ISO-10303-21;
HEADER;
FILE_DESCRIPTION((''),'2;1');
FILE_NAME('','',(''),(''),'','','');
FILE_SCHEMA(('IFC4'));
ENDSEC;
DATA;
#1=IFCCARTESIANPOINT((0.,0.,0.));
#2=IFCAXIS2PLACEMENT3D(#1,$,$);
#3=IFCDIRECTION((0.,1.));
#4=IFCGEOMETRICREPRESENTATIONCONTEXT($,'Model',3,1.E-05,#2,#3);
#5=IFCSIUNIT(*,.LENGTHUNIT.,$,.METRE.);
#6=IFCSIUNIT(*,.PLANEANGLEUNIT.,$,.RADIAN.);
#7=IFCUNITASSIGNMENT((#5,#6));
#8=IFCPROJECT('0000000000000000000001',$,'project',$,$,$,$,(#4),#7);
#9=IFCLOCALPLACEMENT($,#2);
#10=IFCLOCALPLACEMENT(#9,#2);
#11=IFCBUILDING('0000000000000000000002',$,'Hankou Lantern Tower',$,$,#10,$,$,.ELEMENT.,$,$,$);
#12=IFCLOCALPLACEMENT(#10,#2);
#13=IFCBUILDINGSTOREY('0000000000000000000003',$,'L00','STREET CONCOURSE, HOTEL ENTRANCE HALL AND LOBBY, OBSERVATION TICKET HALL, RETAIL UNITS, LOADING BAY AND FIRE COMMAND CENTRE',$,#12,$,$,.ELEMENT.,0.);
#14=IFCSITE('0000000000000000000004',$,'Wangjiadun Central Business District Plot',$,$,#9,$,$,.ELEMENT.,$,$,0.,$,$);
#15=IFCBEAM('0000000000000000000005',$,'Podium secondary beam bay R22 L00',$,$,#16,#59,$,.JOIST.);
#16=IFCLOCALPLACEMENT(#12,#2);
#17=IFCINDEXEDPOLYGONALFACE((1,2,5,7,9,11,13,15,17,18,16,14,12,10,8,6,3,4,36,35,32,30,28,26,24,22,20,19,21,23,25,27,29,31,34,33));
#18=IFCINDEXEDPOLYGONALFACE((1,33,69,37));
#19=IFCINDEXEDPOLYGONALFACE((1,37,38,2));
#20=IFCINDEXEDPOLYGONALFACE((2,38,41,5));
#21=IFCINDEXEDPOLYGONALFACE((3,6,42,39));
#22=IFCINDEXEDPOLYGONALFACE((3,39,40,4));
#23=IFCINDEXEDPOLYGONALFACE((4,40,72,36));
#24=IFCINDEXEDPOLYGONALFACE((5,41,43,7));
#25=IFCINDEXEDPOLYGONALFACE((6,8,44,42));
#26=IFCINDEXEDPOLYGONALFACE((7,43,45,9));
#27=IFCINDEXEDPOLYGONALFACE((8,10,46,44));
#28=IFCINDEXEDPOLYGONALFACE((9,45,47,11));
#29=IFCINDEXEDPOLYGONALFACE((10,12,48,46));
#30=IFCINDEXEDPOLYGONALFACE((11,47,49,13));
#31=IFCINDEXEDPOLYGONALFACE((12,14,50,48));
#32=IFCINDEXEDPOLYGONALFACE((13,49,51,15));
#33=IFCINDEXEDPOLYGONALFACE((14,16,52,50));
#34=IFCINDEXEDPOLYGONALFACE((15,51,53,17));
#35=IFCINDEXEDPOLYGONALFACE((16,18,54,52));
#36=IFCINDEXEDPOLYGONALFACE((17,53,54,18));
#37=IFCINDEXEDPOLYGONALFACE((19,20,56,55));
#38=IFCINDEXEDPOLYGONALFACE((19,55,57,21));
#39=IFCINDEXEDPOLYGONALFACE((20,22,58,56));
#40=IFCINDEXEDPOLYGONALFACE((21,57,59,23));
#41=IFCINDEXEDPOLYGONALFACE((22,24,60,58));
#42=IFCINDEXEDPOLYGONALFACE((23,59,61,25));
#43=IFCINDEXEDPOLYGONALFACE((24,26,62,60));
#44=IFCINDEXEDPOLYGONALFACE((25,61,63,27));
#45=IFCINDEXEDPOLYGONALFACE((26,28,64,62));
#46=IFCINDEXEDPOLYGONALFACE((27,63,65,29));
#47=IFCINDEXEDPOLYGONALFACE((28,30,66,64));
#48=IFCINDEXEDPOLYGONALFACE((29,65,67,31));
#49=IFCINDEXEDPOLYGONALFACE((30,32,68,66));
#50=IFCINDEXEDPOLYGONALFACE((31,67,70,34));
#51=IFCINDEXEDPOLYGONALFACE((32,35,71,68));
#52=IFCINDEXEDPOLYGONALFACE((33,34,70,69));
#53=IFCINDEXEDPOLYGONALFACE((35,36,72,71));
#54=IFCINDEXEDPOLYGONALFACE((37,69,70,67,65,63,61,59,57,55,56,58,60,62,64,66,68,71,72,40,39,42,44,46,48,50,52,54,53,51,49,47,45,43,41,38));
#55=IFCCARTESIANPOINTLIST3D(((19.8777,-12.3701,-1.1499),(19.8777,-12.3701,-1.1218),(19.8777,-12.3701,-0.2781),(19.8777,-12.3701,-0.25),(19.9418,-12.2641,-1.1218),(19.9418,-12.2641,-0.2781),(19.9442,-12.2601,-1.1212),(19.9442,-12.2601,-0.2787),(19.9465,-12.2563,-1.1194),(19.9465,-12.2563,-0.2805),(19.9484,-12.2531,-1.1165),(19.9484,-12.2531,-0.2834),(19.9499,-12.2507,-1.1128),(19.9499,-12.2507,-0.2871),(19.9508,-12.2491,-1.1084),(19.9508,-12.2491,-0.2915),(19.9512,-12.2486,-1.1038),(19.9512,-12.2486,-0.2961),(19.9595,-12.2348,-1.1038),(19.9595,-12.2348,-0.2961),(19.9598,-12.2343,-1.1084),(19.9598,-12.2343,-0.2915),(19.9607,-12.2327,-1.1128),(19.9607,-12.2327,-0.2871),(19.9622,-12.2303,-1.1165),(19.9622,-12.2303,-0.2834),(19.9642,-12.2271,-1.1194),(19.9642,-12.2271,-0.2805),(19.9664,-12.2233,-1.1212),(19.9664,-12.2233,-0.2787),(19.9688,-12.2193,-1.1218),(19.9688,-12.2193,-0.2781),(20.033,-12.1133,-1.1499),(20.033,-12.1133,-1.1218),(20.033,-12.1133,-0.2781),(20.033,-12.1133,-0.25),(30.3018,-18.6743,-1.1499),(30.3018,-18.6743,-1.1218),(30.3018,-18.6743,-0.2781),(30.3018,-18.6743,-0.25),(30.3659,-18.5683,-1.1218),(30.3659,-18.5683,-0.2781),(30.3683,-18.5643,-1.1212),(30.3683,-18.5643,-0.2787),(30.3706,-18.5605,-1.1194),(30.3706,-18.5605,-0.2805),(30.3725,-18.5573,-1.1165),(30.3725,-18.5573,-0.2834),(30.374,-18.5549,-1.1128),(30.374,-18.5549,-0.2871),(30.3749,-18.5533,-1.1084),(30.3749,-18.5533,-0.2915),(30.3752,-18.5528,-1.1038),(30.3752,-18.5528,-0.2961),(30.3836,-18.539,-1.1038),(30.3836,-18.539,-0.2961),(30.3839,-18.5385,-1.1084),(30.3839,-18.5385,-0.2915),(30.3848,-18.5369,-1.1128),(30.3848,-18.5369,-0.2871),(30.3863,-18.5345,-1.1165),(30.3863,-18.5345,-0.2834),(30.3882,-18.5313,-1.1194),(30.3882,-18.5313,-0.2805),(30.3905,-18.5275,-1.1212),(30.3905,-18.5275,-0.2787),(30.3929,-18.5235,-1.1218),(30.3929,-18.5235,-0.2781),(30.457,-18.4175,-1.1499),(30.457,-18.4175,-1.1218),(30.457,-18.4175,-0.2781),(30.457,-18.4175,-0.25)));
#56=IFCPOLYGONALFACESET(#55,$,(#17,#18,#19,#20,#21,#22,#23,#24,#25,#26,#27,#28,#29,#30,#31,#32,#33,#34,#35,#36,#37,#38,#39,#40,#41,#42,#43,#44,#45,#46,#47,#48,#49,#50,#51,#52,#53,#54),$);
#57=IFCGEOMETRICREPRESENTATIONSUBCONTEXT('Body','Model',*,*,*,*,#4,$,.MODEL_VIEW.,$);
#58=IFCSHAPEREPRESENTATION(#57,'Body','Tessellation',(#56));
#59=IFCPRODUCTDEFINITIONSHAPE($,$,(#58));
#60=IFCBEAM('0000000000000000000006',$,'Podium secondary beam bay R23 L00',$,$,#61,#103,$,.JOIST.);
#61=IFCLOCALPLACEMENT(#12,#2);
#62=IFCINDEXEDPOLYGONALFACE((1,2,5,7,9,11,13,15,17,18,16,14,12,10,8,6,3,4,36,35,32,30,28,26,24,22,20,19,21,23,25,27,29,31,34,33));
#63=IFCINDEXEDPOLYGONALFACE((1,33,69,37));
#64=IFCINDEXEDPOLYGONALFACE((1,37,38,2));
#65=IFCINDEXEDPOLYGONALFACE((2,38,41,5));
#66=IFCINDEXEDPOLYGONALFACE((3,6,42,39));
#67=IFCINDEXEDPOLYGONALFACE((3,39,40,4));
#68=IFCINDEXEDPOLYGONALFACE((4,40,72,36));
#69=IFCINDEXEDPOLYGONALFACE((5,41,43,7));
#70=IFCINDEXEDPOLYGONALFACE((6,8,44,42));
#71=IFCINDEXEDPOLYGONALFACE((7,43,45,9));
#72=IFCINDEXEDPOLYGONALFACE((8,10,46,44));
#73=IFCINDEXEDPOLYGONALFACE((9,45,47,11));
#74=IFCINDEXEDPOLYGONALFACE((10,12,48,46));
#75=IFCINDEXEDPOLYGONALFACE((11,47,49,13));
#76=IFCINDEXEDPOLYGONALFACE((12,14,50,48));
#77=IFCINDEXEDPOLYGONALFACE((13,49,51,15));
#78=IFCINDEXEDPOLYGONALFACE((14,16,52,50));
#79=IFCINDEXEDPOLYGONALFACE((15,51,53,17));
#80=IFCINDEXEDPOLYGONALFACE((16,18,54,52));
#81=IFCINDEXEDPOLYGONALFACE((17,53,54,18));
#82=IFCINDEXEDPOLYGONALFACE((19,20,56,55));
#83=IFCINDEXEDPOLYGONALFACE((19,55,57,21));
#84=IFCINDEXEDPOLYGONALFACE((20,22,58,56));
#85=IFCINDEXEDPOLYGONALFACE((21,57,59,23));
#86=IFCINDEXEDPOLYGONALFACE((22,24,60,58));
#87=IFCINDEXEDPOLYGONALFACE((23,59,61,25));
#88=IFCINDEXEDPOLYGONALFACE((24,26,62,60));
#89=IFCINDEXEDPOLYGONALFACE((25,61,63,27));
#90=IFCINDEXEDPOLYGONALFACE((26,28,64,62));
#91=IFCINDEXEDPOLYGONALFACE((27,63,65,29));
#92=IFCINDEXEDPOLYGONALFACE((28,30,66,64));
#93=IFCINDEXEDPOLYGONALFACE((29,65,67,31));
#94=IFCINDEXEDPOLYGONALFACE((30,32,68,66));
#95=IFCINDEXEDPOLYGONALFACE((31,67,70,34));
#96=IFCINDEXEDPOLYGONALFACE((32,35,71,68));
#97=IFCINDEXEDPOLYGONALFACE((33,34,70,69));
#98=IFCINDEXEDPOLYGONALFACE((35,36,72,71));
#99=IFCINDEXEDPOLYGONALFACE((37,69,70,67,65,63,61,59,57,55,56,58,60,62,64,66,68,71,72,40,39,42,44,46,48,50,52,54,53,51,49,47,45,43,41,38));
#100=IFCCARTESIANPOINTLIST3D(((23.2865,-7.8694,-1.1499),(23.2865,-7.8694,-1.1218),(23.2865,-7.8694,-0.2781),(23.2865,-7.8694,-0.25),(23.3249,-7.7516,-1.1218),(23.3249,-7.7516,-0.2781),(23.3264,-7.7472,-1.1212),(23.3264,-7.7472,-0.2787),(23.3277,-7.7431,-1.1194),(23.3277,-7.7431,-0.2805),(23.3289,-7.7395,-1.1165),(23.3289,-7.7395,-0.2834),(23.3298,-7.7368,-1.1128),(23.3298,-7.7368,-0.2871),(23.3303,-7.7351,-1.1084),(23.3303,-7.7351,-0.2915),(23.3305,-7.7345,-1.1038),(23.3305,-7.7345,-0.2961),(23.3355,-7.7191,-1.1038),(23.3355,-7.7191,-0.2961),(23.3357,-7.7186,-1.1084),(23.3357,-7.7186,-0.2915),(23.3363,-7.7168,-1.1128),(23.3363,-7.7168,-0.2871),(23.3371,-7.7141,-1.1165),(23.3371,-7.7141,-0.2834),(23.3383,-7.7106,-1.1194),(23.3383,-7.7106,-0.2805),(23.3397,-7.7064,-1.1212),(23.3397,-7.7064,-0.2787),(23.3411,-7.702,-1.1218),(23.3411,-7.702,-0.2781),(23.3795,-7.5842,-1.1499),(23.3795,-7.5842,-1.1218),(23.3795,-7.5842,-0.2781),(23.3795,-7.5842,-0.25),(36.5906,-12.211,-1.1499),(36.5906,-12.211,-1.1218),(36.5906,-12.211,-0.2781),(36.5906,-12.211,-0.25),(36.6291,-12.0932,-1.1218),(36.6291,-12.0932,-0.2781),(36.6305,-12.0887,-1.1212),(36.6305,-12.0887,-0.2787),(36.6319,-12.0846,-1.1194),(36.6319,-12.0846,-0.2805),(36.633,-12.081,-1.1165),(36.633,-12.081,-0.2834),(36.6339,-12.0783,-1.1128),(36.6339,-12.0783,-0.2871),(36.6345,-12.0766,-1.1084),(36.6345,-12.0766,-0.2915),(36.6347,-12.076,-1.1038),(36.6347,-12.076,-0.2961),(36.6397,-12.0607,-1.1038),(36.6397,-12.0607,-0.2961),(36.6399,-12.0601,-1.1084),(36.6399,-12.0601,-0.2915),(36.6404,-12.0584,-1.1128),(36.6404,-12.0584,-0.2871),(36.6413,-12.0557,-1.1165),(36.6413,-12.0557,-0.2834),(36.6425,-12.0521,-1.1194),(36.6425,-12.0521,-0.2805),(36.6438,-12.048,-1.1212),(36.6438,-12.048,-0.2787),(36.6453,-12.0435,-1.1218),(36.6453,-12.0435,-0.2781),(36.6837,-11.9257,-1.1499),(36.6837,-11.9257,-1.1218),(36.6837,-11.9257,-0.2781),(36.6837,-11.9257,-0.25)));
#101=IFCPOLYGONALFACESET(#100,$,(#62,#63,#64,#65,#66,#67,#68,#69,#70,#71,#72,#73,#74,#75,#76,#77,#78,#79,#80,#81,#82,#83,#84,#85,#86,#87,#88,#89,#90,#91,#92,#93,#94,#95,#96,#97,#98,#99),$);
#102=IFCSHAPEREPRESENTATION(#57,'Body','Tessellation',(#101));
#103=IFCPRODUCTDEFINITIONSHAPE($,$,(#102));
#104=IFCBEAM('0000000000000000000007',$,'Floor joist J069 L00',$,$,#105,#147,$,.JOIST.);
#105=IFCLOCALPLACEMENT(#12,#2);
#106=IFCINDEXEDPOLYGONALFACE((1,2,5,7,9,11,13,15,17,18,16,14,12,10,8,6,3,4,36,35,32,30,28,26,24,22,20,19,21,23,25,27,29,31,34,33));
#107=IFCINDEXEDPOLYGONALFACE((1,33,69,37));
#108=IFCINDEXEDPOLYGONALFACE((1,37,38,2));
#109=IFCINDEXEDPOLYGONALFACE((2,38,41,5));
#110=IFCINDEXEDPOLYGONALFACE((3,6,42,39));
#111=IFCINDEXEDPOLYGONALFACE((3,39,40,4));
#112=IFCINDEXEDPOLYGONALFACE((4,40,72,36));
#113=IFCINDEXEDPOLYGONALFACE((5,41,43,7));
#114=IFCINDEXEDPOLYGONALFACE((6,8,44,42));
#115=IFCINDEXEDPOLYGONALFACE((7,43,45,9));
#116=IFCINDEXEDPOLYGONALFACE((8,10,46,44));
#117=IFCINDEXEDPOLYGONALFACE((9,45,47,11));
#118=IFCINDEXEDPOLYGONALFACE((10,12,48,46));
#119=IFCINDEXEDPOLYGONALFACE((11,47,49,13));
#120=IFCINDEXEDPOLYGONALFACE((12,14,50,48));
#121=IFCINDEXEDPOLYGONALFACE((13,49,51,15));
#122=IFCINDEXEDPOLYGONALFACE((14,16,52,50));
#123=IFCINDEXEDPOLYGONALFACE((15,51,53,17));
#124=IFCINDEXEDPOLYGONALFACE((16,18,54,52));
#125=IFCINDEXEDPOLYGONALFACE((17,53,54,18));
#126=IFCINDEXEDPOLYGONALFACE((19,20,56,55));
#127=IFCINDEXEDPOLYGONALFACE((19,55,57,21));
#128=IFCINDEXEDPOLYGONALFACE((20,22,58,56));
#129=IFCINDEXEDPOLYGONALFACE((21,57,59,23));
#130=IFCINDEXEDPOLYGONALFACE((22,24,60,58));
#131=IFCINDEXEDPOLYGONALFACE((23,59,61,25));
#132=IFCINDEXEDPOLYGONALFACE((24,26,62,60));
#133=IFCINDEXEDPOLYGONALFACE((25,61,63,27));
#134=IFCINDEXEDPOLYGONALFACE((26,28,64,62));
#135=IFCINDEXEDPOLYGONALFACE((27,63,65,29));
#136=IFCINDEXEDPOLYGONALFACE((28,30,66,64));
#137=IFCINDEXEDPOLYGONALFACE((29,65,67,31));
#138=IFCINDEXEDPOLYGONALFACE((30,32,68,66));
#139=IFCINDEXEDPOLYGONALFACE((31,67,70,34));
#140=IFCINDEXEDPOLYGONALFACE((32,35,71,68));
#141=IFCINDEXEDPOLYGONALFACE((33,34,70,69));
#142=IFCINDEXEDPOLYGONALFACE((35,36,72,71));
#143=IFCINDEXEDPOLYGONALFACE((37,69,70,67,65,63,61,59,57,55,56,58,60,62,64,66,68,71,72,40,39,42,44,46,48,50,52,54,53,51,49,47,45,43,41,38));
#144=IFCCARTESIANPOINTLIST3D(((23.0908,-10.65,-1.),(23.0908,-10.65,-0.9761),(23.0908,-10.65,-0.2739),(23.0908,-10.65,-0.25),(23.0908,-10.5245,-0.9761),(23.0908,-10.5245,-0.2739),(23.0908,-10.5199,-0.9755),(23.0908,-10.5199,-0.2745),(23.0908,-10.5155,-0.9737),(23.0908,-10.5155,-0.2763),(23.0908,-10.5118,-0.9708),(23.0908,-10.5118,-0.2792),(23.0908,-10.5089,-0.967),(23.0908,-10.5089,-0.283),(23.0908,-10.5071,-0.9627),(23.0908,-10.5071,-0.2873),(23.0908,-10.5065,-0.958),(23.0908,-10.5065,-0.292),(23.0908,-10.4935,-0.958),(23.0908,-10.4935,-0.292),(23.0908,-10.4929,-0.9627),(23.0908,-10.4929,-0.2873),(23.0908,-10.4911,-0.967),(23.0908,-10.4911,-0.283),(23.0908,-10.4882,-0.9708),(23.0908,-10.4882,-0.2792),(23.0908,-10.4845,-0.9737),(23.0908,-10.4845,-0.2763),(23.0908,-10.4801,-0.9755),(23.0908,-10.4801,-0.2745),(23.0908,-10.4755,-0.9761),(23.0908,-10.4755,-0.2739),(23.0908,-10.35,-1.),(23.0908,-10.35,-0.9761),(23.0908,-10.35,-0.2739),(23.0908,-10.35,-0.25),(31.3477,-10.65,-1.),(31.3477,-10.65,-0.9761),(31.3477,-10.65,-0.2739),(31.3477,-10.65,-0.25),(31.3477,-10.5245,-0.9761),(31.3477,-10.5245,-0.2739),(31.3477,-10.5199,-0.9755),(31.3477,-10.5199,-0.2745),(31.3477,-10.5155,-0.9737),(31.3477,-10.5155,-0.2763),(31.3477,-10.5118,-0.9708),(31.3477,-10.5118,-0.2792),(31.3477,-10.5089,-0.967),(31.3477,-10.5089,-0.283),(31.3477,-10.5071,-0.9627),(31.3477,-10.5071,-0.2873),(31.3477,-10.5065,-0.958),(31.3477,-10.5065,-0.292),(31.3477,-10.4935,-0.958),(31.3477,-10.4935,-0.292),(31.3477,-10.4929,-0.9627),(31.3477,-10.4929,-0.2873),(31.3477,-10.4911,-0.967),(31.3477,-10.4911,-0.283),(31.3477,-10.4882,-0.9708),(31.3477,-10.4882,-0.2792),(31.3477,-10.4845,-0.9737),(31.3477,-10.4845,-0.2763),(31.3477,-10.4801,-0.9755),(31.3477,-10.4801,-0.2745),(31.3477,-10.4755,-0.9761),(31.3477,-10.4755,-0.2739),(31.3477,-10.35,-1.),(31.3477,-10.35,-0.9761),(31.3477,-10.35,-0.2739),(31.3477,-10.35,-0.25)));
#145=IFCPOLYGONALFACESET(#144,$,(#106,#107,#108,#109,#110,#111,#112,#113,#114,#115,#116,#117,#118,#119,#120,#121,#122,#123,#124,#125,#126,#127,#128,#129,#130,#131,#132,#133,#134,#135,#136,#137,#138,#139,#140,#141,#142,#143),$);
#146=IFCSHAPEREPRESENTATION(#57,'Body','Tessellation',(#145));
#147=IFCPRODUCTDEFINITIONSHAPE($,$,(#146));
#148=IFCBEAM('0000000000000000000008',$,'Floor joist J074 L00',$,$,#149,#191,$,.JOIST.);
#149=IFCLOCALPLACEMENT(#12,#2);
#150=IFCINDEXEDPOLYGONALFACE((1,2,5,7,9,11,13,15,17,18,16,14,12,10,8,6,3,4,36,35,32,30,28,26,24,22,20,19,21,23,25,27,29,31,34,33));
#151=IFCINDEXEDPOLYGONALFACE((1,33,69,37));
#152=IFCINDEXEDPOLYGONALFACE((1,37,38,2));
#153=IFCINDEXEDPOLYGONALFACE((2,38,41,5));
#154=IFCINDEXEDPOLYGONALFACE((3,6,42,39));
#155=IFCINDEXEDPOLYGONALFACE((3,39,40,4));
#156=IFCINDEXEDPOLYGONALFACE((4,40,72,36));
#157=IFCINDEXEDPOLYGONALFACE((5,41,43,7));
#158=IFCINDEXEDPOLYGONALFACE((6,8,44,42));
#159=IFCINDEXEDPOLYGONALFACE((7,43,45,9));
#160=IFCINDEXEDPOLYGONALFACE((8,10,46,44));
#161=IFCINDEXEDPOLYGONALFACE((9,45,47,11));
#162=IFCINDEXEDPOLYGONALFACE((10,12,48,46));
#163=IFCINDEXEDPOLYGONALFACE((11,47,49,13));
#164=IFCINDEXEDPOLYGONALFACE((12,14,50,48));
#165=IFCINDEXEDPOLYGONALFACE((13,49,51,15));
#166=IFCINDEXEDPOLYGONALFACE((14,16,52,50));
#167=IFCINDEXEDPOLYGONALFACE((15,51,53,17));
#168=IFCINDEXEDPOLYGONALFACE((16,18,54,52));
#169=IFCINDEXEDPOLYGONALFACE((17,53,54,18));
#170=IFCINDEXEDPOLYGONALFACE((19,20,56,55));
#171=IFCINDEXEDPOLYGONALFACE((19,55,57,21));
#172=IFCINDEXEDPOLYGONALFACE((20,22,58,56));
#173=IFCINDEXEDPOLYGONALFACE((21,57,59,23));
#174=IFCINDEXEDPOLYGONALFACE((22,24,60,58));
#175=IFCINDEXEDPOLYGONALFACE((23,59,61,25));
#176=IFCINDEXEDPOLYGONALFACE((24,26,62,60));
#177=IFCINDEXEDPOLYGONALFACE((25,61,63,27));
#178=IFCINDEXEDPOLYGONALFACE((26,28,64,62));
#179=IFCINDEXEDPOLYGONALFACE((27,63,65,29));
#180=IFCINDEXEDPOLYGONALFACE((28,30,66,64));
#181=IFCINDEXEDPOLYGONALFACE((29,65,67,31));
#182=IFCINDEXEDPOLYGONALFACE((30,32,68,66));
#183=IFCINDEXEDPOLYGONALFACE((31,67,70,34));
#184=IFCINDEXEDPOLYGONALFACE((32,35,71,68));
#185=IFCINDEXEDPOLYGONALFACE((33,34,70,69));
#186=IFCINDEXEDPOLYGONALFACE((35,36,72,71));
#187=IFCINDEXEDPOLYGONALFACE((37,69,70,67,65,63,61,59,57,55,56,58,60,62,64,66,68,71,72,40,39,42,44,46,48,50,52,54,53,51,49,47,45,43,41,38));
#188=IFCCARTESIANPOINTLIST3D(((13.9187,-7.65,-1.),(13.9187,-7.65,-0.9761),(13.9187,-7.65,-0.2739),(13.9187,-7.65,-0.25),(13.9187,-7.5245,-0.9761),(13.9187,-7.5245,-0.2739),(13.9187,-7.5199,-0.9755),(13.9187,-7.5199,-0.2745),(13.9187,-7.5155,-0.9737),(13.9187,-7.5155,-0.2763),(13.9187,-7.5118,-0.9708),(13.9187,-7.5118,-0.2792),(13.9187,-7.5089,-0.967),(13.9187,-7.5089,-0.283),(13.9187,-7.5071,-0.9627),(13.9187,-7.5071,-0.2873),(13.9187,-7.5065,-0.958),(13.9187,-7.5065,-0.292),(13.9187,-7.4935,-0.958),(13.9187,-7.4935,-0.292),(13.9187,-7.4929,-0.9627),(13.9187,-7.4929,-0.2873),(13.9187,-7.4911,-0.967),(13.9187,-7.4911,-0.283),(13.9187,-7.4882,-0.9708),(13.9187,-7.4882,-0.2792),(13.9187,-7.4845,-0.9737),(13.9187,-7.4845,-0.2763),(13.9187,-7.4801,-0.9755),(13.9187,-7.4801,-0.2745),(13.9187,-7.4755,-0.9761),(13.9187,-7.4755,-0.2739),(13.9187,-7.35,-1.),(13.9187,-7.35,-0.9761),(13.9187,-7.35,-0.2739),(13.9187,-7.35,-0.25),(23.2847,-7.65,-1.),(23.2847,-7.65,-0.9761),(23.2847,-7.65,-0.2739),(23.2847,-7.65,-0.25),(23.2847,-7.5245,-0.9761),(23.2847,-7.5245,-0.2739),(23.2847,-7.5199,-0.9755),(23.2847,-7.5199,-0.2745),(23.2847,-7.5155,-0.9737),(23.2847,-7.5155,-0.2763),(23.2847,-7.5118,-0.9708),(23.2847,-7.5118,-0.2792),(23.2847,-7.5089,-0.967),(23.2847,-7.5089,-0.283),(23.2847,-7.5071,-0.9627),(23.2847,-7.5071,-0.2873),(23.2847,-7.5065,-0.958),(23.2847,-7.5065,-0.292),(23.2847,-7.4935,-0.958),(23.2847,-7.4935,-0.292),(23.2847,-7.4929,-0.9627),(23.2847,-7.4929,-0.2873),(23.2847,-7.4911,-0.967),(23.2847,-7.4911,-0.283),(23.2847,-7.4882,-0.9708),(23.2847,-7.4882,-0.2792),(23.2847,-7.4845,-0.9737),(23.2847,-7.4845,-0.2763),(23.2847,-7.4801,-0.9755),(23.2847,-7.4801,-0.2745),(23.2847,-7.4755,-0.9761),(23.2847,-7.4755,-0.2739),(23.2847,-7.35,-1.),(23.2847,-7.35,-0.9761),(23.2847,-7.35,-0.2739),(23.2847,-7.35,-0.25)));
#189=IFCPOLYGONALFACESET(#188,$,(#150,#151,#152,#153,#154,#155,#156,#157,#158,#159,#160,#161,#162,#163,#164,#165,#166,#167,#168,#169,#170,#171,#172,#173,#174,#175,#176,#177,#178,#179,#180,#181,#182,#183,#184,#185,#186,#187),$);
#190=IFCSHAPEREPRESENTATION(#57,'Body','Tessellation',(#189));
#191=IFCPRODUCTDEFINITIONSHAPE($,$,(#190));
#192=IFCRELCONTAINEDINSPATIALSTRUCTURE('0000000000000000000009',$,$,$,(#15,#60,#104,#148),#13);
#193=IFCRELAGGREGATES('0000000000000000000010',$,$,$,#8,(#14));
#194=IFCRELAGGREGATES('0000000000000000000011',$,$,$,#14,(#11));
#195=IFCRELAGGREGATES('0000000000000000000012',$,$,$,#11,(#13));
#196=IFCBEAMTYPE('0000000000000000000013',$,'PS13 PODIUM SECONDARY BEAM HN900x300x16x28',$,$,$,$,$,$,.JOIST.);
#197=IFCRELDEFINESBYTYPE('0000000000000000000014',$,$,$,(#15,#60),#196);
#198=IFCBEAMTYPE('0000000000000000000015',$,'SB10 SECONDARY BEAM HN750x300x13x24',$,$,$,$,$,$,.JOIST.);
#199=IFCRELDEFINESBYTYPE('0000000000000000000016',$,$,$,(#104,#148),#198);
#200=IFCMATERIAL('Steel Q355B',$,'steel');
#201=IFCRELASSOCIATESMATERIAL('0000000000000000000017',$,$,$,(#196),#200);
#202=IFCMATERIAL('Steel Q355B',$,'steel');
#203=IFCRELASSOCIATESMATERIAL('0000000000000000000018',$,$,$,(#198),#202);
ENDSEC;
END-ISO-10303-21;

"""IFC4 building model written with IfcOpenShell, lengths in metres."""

from ifc_helpers import new_model, si_unit, direction, frame, origin, origin_2d, place, context, subcontext, project, spatial, i_section, extrude, material, material_profile, profile_set, type_object, element, save


model = new_model("IFC4")

# Units and contexts
model_context = context("Model", 3, precision=1e-05, world=origin(), true_north=direction((0.0, 1.0)))
body_context = subcontext(model_context, "Body", "Model", "MODEL_VIEW")
ifc_project = project(units=[si_unit("LENGTHUNIT", "METRE"), si_unit("PLANEANGLEUNIT", "RADIAN")], contexts=[model_context])

# Site, building, storey
site_placement = place(None, origin())
site = spatial("IfcSite", under=ifc_project, at=site_placement, Name="Wangjiadun Central Business District Plot", CompositionType="ELEMENT", RefElevation=0.0)
building_placement = place(site_placement, origin())
building = spatial("IfcBuilding", under=site, at=building_placement, Name="Hankou Lantern Tower", CompositionType="ELEMENT")
storey_placement = place(building_placement, origin())
storey = spatial("IfcBuildingStorey", under=building, at=storey_placement, Name="L00", Description="STREET CONCOURSE, HOTEL ENTRANCE HALL AND LOBBY, OBSERVATION TICKET HALL, RETAIL UNITS, LOADING BAY AND FIRE COMMAND CENTRE", CompositionType="ELEMENT", Elevation=0.0)

# Beams
ifc_material_1 = material(Name="Steel Q355B", Category="steel")
ifc_material_profile_1 = material_profile(ifc_material_1, i_section(OverallWidth=0.3, OverallDepth=0.8999, WebThickness=0.0161, FlangeThickness=0.0281, FilletRadius=0.0181, at=origin_2d()), Name="HN900x300x16x28")
ifc_profile_set_1 = profile_set([ifc_material_profile_1], Name="Steel Q355B")
beam_type_1 = type_object("IfcBeamType", Name="PS13 PODIUM SECONDARY BEAM HN900x300x16x28", PredefinedType="JOIST", material=ifc_profile_set_1)
beam_1_placement = place(storey_placement, frame((19.9553, -12.2417, -0.7), z_axis=(0.855686, -0.517496, 0.0), x_axis=(0.517496, 0.855686, 0.0)))
element("IfcBeam", 1, at=beam_1_placement, inside=storey, type_object=beam_type_1, Name="Podium secondary beam bay R22 L00", PredefinedType="JOIST", context=body_context, shape_type="SweptSolid", body=[
    extrude(i_section(OverallWidth=0.3, OverallDepth=0.8999, WebThickness=0.0161, FlangeThickness=0.0281, FilletRadius=0.0181, at=origin_2d()), origin(), (0.0, 0.0, 1.0), 12.1821),
])
beam_2_placement = place(storey_placement, frame((23.333, -7.7268, -0.7), z_axis=(0.950662, -0.310229, 0.0), x_axis=(0.310229, 0.950662, 0.0)))
element("IfcBeam", 2, at=beam_2_placement, inside=storey, type_object=beam_type_1, Name="Podium secondary beam bay R23 L00", PredefinedType="JOIST", context=body_context, shape_type="SweptSolid", body=[
    extrude(i_section(OverallWidth=0.3, OverallDepth=0.8999, WebThickness=0.0161, FlangeThickness=0.0281, FilletRadius=0.0181, at=origin_2d()), origin(), (0.0, 0.0, 1.0), 13.9946),
])
ifc_material_2 = material(Name="Steel Q355B", Category="steel")
ifc_material_profile_2 = material_profile(ifc_material_2, i_section(OverallWidth=0.3, OverallDepth=0.75, WebThickness=0.0129, FlangeThickness=0.0239, FilletRadius=0.0181, at=origin_2d()), Name="HN750x300x13x24")
ifc_profile_set_2 = profile_set([ifc_material_profile_2], Name="Steel Q355B")
beam_type_2 = type_object("IfcBeamType", Name="SB10 SECONDARY BEAM HN750x300x13x24", PredefinedType="JOIST", material=ifc_profile_set_2)
beam_3_placement = place(storey_placement, frame((23.0908, -10.5, -0.625), z_axis=(1.0, 0.0, 0.0), x_axis=(0.0, 1.0, 0.0)))
element("IfcBeam", 3, at=beam_3_placement, inside=storey, type_object=beam_type_2, Name="Floor joist J069 L00", PredefinedType="JOIST", context=body_context, shape_type="SweptSolid", body=[
    extrude(i_section(OverallWidth=0.3, OverallDepth=0.75, WebThickness=0.0129, FlangeThickness=0.0239, FilletRadius=0.0181, at=origin_2d()), origin(), (0.0, 0.0, 1.0), 8.2568),
])
beam_4_placement = place(storey_placement, frame((13.9187, -7.5, -0.625), z_axis=(1.0, 0.0, 0.0), x_axis=(0.0, 1.0, 0.0)))
element("IfcBeam", 4, at=beam_4_placement, inside=storey, type_object=beam_type_2, Name="Floor joist J074 L00", PredefinedType="JOIST", context=body_context, shape_type="SweptSolid", body=[
    extrude(i_section(OverallWidth=0.3, OverallDepth=0.75, WebThickness=0.0129, FlangeThickness=0.0239, FilletRadius=0.0181, at=origin_2d()), origin(), (0.0, 0.0, 1.0), 9.366),
])

save(model, "model.ifc")
